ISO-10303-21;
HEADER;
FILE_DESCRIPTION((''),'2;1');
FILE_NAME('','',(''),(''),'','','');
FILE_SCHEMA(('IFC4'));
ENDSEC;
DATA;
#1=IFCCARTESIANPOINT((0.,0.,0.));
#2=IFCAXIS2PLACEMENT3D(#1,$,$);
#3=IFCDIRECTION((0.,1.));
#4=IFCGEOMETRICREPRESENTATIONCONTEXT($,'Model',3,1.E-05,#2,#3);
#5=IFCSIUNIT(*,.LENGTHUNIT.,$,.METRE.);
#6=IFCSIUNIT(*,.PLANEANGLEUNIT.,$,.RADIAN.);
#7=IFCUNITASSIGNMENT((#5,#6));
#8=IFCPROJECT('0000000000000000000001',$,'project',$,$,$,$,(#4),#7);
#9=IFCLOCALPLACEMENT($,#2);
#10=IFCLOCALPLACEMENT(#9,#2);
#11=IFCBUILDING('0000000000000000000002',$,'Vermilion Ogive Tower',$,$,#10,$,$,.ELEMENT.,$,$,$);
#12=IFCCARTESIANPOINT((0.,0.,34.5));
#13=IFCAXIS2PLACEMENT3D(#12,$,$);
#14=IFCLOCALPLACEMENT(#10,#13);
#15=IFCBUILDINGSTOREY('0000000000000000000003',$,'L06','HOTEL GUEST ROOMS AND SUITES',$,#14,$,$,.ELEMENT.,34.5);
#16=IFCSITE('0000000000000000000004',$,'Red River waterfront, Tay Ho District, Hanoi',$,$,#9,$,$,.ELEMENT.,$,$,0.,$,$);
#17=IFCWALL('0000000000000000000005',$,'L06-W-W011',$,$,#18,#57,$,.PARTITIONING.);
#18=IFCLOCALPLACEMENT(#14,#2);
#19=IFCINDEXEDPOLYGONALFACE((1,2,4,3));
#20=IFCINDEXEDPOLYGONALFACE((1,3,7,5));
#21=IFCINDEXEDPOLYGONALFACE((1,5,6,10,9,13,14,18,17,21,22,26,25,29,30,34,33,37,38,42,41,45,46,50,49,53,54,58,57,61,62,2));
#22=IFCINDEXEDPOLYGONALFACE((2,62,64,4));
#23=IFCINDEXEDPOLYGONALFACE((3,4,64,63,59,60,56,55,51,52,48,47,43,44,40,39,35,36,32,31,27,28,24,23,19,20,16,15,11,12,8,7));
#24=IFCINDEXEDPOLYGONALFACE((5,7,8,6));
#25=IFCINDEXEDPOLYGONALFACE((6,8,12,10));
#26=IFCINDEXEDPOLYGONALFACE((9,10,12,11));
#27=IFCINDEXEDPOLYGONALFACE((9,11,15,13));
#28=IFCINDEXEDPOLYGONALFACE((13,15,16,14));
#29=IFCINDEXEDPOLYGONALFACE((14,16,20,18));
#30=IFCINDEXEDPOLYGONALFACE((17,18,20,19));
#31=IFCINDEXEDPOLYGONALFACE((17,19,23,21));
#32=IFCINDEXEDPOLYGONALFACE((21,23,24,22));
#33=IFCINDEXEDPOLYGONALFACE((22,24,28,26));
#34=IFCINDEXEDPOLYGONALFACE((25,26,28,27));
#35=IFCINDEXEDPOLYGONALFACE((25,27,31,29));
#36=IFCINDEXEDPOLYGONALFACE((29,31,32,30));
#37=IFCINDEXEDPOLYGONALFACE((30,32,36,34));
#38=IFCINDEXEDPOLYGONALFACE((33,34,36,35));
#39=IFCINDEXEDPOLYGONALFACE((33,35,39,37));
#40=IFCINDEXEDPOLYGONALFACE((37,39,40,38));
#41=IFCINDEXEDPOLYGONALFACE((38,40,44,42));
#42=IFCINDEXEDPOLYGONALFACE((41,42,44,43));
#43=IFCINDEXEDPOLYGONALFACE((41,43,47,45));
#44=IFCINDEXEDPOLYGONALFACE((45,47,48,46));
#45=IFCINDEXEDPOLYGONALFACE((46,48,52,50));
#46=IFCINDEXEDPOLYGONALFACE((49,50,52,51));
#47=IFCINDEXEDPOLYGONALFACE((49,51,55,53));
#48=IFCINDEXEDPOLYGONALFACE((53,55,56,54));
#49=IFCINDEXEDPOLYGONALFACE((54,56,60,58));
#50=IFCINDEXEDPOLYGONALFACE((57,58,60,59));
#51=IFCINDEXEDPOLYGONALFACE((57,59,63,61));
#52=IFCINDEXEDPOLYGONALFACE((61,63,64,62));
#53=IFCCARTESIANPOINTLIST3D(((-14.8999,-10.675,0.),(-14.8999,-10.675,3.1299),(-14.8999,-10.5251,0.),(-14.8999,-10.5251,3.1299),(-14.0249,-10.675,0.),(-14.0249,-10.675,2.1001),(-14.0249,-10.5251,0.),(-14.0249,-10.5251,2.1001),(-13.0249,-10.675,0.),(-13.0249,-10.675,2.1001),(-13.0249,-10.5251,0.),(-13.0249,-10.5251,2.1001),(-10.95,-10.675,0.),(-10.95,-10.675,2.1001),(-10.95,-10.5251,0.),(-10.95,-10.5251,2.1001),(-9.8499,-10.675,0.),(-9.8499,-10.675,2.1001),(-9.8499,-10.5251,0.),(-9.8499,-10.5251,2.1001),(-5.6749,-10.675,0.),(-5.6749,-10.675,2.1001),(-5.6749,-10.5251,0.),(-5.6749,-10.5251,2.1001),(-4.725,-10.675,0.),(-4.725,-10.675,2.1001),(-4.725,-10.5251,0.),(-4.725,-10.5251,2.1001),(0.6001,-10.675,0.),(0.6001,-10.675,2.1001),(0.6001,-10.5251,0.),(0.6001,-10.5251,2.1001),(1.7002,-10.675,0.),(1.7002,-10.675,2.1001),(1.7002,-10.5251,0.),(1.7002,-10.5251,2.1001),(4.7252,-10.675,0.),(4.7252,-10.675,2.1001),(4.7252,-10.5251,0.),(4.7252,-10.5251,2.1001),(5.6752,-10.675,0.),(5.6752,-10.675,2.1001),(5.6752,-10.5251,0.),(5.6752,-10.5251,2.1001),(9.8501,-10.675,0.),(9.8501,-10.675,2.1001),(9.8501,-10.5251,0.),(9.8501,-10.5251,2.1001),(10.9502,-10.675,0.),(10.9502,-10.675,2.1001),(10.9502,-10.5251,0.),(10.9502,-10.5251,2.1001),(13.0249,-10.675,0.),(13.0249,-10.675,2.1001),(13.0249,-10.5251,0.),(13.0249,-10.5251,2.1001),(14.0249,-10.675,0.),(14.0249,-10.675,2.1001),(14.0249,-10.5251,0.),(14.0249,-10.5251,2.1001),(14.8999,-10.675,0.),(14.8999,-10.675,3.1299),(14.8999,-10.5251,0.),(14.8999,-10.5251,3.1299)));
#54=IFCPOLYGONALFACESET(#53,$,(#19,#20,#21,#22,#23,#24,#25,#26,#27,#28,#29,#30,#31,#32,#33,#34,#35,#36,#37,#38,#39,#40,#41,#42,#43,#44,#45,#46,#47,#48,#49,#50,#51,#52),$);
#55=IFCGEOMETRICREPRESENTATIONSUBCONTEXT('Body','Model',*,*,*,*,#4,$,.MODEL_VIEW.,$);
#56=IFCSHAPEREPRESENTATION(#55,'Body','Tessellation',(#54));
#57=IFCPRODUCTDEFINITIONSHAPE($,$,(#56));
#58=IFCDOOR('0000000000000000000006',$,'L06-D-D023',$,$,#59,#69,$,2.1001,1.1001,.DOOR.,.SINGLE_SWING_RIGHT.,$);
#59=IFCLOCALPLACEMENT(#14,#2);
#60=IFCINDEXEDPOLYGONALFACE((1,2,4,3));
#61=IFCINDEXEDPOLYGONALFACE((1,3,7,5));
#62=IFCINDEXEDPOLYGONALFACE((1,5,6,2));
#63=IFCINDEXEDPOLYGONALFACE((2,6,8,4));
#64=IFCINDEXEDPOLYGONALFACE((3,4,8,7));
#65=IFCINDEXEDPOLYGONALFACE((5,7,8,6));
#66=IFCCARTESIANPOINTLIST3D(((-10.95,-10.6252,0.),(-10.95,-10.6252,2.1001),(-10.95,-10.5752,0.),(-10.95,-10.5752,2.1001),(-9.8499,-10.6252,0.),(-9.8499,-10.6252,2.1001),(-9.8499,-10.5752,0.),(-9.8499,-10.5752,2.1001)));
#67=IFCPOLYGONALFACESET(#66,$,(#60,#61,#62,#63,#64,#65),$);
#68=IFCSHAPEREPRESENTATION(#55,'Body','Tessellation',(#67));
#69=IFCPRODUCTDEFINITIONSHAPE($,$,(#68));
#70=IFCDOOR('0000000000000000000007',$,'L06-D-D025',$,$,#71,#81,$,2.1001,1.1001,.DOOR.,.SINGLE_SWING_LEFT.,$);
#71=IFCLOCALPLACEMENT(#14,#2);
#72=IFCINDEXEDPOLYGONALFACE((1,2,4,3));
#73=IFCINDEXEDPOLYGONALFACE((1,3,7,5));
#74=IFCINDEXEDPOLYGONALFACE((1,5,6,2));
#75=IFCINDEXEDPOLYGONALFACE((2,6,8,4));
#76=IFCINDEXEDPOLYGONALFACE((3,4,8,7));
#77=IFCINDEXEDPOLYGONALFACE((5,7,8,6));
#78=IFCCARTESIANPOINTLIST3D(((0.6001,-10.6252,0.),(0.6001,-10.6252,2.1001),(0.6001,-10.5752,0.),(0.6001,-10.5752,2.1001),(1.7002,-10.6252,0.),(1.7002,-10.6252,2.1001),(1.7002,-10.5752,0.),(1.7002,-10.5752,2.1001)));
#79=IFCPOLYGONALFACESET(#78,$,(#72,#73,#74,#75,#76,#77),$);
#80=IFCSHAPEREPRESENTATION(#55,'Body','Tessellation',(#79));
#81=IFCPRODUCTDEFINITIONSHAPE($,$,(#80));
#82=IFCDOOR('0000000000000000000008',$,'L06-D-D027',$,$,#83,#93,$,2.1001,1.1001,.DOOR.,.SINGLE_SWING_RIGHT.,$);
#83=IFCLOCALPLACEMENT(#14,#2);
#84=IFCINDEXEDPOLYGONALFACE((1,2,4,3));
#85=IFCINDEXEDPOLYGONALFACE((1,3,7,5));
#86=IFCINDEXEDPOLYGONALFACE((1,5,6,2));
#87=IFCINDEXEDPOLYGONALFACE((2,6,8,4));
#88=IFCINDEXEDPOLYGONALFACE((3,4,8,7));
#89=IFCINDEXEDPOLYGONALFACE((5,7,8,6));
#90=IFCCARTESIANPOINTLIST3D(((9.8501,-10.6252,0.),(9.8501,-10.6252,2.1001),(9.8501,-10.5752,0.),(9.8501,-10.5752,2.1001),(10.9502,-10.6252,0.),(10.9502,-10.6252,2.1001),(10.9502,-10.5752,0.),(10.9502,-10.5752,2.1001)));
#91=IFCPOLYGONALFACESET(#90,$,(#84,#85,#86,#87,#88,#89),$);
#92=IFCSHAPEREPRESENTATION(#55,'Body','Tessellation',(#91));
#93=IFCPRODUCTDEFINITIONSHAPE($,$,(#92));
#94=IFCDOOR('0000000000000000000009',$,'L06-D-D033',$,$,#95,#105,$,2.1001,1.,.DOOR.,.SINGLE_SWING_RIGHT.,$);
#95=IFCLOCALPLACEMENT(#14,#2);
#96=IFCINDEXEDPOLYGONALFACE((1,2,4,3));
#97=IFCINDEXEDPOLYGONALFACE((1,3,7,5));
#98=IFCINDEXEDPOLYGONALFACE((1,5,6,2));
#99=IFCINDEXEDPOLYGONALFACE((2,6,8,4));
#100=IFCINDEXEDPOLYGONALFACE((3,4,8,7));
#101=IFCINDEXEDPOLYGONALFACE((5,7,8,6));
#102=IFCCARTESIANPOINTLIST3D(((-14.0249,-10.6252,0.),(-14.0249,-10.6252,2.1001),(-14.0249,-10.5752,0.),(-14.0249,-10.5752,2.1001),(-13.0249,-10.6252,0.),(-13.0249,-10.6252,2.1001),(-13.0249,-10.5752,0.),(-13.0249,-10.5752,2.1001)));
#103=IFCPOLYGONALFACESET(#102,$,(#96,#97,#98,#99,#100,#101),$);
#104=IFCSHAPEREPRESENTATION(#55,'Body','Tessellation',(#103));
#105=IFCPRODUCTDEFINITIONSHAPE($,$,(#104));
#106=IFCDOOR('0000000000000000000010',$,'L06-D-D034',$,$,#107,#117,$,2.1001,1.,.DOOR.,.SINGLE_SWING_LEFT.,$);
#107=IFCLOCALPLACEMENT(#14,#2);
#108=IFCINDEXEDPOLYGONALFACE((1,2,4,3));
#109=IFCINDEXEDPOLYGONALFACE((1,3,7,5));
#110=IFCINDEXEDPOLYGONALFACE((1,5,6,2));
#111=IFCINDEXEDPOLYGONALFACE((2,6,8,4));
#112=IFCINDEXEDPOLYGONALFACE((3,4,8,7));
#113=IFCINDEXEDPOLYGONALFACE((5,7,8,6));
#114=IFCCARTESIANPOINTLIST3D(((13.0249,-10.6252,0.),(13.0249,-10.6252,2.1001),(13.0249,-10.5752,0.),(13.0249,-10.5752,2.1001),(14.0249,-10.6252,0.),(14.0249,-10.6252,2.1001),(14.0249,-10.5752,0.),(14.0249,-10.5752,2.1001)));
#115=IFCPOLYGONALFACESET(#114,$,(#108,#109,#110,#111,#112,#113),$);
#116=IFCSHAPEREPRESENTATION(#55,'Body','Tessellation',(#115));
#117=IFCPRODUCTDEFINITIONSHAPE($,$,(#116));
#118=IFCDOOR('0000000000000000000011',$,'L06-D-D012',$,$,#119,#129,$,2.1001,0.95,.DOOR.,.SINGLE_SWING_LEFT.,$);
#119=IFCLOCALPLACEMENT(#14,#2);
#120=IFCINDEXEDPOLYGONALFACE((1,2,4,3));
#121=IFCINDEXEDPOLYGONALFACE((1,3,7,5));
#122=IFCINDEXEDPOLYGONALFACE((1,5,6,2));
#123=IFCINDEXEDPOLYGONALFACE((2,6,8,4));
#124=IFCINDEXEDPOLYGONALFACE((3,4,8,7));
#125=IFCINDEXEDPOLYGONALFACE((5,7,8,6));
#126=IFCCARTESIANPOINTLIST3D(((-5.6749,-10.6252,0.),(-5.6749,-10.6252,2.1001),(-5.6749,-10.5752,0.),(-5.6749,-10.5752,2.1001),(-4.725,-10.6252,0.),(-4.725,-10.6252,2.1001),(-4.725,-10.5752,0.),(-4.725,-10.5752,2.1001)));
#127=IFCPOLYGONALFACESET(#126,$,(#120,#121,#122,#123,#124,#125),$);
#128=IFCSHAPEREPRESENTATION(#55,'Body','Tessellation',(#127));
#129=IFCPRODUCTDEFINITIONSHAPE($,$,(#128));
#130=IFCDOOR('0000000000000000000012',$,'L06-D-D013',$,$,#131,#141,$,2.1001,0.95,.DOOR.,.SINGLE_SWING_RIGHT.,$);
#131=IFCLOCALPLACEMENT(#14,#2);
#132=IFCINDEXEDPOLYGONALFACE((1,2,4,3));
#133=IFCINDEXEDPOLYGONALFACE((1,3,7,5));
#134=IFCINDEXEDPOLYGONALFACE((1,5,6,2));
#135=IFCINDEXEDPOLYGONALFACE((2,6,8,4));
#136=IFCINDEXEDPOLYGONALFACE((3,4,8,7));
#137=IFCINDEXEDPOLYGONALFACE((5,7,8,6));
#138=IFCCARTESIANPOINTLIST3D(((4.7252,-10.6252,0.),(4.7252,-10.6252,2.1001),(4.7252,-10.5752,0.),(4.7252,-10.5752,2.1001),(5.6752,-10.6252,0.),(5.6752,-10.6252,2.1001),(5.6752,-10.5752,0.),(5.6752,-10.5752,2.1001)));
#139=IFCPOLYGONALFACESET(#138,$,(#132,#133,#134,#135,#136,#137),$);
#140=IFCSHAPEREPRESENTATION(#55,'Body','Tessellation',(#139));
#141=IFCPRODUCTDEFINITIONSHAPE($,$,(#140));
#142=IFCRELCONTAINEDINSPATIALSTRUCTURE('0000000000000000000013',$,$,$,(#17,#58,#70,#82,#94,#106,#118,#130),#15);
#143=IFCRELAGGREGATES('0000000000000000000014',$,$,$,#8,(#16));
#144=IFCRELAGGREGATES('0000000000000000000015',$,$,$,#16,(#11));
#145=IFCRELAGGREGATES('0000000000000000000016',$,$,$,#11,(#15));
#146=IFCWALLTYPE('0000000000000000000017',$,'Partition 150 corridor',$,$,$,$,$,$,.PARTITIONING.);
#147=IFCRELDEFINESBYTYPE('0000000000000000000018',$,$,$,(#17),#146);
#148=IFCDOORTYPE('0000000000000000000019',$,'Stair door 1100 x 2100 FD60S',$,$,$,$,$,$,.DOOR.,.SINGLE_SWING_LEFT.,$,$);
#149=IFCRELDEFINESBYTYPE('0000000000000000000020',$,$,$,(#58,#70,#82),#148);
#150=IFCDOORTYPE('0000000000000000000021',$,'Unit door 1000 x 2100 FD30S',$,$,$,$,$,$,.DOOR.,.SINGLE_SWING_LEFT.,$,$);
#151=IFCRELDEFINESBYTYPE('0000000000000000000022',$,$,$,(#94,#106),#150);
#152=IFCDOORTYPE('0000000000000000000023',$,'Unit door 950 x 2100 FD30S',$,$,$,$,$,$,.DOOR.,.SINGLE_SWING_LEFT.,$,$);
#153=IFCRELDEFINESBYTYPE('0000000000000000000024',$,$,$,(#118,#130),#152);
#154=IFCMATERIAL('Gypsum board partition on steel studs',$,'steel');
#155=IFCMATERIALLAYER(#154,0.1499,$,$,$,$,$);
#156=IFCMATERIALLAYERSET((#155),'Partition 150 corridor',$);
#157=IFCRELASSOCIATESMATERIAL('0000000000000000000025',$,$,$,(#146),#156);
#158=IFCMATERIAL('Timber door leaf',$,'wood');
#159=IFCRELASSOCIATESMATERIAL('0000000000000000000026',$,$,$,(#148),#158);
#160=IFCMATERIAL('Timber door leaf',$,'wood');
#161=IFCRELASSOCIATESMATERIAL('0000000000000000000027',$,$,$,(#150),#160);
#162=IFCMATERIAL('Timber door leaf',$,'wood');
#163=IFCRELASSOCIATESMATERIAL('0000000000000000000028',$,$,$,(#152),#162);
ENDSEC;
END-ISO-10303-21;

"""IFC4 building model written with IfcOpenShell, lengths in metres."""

from ifc_helpers import new_model, si_unit, direction, frame, frame_2d, origin, place, context, subcontext, project, spatial, rectangle, extrude, material, layer, layer_set, type_object, element, fill, save


model = new_model("IFC4")

# Units and contexts
model_context = context("Model", 3, precision=1e-05, world=origin(), true_north=direction((0.0, 1.0)))
body_context = subcontext(model_context, "Body", "Model", "MODEL_VIEW")
ifc_project = project(units=[si_unit("LENGTHUNIT", "METRE"), si_unit("PLANEANGLEUNIT", "RADIAN")], contexts=[model_context])

# Site, building, storey
site_placement = place(None, origin())
site = spatial("IfcSite", under=ifc_project, at=site_placement, Name="Red River waterfront, Tay Ho District, Hanoi", CompositionType="ELEMENT", RefElevation=0.0)
building_placement = place(site_placement, origin())
building = spatial("IfcBuilding", under=site, at=building_placement, Name="Vermilion Ogive Tower", CompositionType="ELEMENT")
storey_placement = place(building_placement, frame((0.0, 0.0, 34.5)))
storey = spatial("IfcBuildingStorey", under=building, at=storey_placement, Name="L06", Description="HOTEL GUEST ROOMS AND SUITES", CompositionType="ELEMENT", Elevation=34.5)

# Wall, openings, doors
ifc_material_1 = material(Name="Gypsum board partition on steel studs", Category="steel")
ifc_layer_1 = layer(ifc_material_1, 0.1499)
ifc_layer_set_1 = layer_set([ifc_layer_1], Name="Partition 150 corridor")
wall_type_1 = type_object("IfcWallType", Name="Partition 150 corridor", PredefinedType="PARTITIONING", material=ifc_layer_set_1)
wall_1_placement = place(storey_placement, frame((-14.8999, -10.6001, 0.0), z_axis=(0.0, 0.0, 1.0), x_axis=(1.0, 0.0, 0.0)))
wall_1 = element("IfcWall", 1, at=wall_1_placement, inside=storey, type_object=wall_type_1, Name="L06-W-W011", PredefinedType="PARTITIONING", context=body_context, shape_type="SweptSolid", body=[
    extrude(rectangle(XDim=29.7998, YDim=0.1499, at=frame_2d((14.8999, 0.0))), origin(), (0.0, 0.0, 1.0), 3.1299),
])
opening_1_placement = place(wall_1_placement, frame((9.2249, 0.0, 0.0)))
opening_1 = element("IfcOpeningElement", 2, at=opening_1_placement, cuts=wall_1, PredefinedType="OPENING", context=body_context, shape_type="SweptSolid", body=[
    extrude(rectangle(XDim=0.95, YDim=2.1001, at=frame_2d((0.4751, 1.05))), frame((0.0, 0.085, 0.0), z_axis=(0.0, -1.0, 0.0), x_axis=(1.0, 0.0, 0.0)), (0.0, 0.0, 1.0), 0.1699),
])
opening_2_placement = place(wall_1_placement, frame((19.625, 0.0, 0.0)))
opening_2 = element("IfcOpeningElement", 3, at=opening_2_placement, cuts=wall_1, PredefinedType="OPENING", context=body_context, shape_type="SweptSolid", body=[
    extrude(rectangle(XDim=0.95, YDim=2.1001, at=frame_2d((0.4751, 1.05))), frame((0.0, 0.085, 0.0), z_axis=(0.0, -1.0, 0.0), x_axis=(1.0, 0.0, 0.0)), (0.0, 0.0, 1.0), 0.1699),
])
opening_3_placement = place(wall_1_placement, frame((3.95, 0.0, 0.0)))
opening_3 = element("IfcOpeningElement", 4, at=opening_3_placement, cuts=wall_1, PredefinedType="OPENING", context=body_context, shape_type="SweptSolid", body=[
    extrude(rectangle(XDim=1.1001, YDim=2.1001, at=frame_2d((0.55, 1.05))), frame((0.0, 0.085, 0.0), z_axis=(0.0, -1.0, 0.0), x_axis=(1.0, 0.0, 0.0)), (0.0, 0.0, 1.0), 0.1699),
])
opening_4_placement = place(wall_1_placement, frame((15.5, 0.0, 0.0)))
opening_4 = element("IfcOpeningElement", 5, at=opening_4_placement, cuts=wall_1, PredefinedType="OPENING", context=body_context, shape_type="SweptSolid", body=[
    extrude(rectangle(XDim=1.1001, YDim=2.1001, at=frame_2d((0.55, 1.05))), frame((0.0, 0.085, 0.0), z_axis=(0.0, -1.0, 0.0), x_axis=(1.0, 0.0, 0.0)), (0.0, 0.0, 1.0), 0.1699),
])
opening_5_placement = place(wall_1_placement, frame((24.75, 0.0, 0.0)))
opening_5 = element("IfcOpeningElement", 6, at=opening_5_placement, cuts=wall_1, PredefinedType="OPENING", context=body_context, shape_type="SweptSolid", body=[
    extrude(rectangle(XDim=1.1001, YDim=2.1001, at=frame_2d((0.55, 1.05))), frame((0.0, 0.085, 0.0), z_axis=(0.0, -1.0, 0.0), x_axis=(1.0, 0.0, 0.0)), (0.0, 0.0, 1.0), 0.1699),
])
opening_6_placement = place(wall_1_placement, frame((0.875, 0.0, 0.0)))
opening_6 = element("IfcOpeningElement", 7, at=opening_6_placement, cuts=wall_1, PredefinedType="OPENING", context=body_context, shape_type="SweptSolid", body=[
    extrude(rectangle(XDim=1.0, YDim=2.1001, at=frame_2d((0.5, 1.05))), frame((0.0, 0.085, 0.0), z_axis=(0.0, -1.0, 0.0), x_axis=(1.0, 0.0, 0.0)), (0.0, 0.0, 1.0), 0.1699),
])
opening_7_placement = place(wall_1_placement, frame((27.9248, 0.0, 0.0)))
opening_7 = element("IfcOpeningElement", 8, at=opening_7_placement, cuts=wall_1, PredefinedType="OPENING", context=body_context, shape_type="SweptSolid", body=[
    extrude(rectangle(XDim=1.0, YDim=2.1001, at=frame_2d((0.5, 1.05))), frame((0.0, 0.085, 0.0), z_axis=(0.0, -1.0, 0.0), x_axis=(1.0, 0.0, 0.0)), (0.0, 0.0, 1.0), 0.1699),
])
ifc_material_2 = material(Name="Timber door leaf", Category="wood")
door_type_1 = type_object("IfcDoorType", Name="Stair door 1100 x 2100 FD60S", OperationType="SINGLE_SWING_LEFT", PredefinedType="DOOR", material=ifc_material_2)
door_1_placement = place(opening_3_placement, origin())
door_1 = element("IfcDoor", 9, at=door_1_placement, inside=storey, type_object=door_type_1, Name="L06-D-D023", OperationType="SINGLE_SWING_RIGHT", OverallHeight=2.1001, OverallWidth=1.1001, PredefinedType="DOOR", context=body_context, shape_type="SweptSolid", body=[
    extrude(rectangle(XDim=1.1001, YDim=2.1001, at=frame_2d((0.55, 1.05))), frame((0.0, 0.0249, 0.0), z_axis=(0.0, -1.0, 0.0), x_axis=(1.0, 0.0, 0.0)), (0.0, 0.0, 1.0), 0.05),
])
fill(opening_3, door_1)
door_2_placement = place(opening_4_placement, origin())
door_2 = element("IfcDoor", 10, at=door_2_placement, inside=storey, type_object=door_type_1, Name="L06-D-D025", OperationType="SINGLE_SWING_LEFT", OverallHeight=2.1001, OverallWidth=1.1001, PredefinedType="DOOR", context=body_context, shape_type="SweptSolid", body=[
    extrude(rectangle(XDim=1.1001, YDim=2.1001, at=frame_2d((0.55, 1.05))), frame((0.0, 0.0249, 0.0), z_axis=(0.0, -1.0, 0.0), x_axis=(1.0, 0.0, 0.0)), (0.0, 0.0, 1.0), 0.05),
])
fill(opening_4, door_2)
door_3_placement = place(opening_5_placement, origin())
door_3 = element("IfcDoor", 11, at=door_3_placement, inside=storey, type_object=door_type_1, Name="L06-D-D027", OperationType="SINGLE_SWING_RIGHT", OverallHeight=2.1001, OverallWidth=1.1001, PredefinedType="DOOR", context=body_context, shape_type="SweptSolid", body=[
    extrude(rectangle(XDim=1.1001, YDim=2.1001, at=frame_2d((0.55, 1.05))), frame((0.0, 0.0249, 0.0), z_axis=(0.0, -1.0, 0.0), x_axis=(1.0, 0.0, 0.0)), (0.0, 0.0, 1.0), 0.05),
])
fill(opening_5, door_3)
ifc_material_3 = material(Name="Timber door leaf", Category="wood")
door_type_2 = type_object("IfcDoorType", Name="Unit door 1000 x 2100 FD30S", OperationType="SINGLE_SWING_LEFT", PredefinedType="DOOR", material=ifc_material_3)
door_4_placement = place(opening_6_placement, origin())
door_4 = element("IfcDoor", 12, at=door_4_placement, inside=storey, type_object=door_type_2, Name="L06-D-D033", OperationType="SINGLE_SWING_RIGHT", OverallHeight=2.1001, OverallWidth=1.0, PredefinedType="DOOR", context=body_context, shape_type="SweptSolid", body=[
    extrude(rectangle(XDim=1.0, YDim=2.1001, at=frame_2d((0.5, 1.05))), frame((0.0, 0.0249, 0.0), z_axis=(0.0, -1.0, 0.0), x_axis=(1.0, 0.0, 0.0)), (0.0, 0.0, 1.0), 0.05),
])
fill(opening_6, door_4)
door_5_placement = place(opening_7_placement, origin())
door_5 = element("IfcDoor", 13, at=door_5_placement, inside=storey, type_object=door_type_2, Name="L06-D-D034", OperationType="SINGLE_SWING_LEFT", OverallHeight=2.1001, OverallWidth=1.0, PredefinedType="DOOR", context=body_context, shape_type="SweptSolid", body=[
    extrude(rectangle(XDim=1.0, YDim=2.1001, at=frame_2d((0.5, 1.05))), frame((0.0, 0.0249, 0.0), z_axis=(0.0, -1.0, 0.0), x_axis=(1.0, 0.0, 0.0)), (0.0, 0.0, 1.0), 0.05),
])
fill(opening_7, door_5)
ifc_material_4 = material(Name="Timber door leaf", Category="wood")
door_type_3 = type_object("IfcDoorType", Name="Unit door 950 x 2100 FD30S", OperationType="SINGLE_SWING_LEFT", PredefinedType="DOOR", material=ifc_material_4)
door_6_placement = place(opening_1_placement, origin())
door_6 = element("IfcDoor", 14, at=door_6_placement, inside=storey, type_object=door_type_3, Name="L06-D-D012", OperationType="SINGLE_SWING_LEFT", OverallHeight=2.1001, OverallWidth=0.95, PredefinedType="DOOR", context=body_context, shape_type="SweptSolid", body=[
    extrude(rectangle(XDim=0.95, YDim=2.1001, at=frame_2d((0.4751, 1.05))), frame((0.0, 0.0249, 0.0), z_axis=(0.0, -1.0, 0.0), x_axis=(1.0, 0.0, 0.0)), (0.0, 0.0, 1.0), 0.05),
])
fill(opening_1, door_6)
door_7_placement = place(opening_2_placement, origin())
door_7 = element("IfcDoor", 15, at=door_7_placement, inside=storey, type_object=door_type_3, Name="L06-D-D013", OperationType="SINGLE_SWING_RIGHT", OverallHeight=2.1001, OverallWidth=0.95, PredefinedType="DOOR", context=body_context, shape_type="SweptSolid", body=[
    extrude(rectangle(XDim=0.95, YDim=2.1001, at=frame_2d((0.4751, 1.05))), frame((0.0, 0.0249, 0.0), z_axis=(0.0, -1.0, 0.0), x_axis=(1.0, 0.0, 0.0)), (0.0, 0.0, 1.0), 0.05),
])
fill(opening_2, door_7)

save(model, "model.ifc")
